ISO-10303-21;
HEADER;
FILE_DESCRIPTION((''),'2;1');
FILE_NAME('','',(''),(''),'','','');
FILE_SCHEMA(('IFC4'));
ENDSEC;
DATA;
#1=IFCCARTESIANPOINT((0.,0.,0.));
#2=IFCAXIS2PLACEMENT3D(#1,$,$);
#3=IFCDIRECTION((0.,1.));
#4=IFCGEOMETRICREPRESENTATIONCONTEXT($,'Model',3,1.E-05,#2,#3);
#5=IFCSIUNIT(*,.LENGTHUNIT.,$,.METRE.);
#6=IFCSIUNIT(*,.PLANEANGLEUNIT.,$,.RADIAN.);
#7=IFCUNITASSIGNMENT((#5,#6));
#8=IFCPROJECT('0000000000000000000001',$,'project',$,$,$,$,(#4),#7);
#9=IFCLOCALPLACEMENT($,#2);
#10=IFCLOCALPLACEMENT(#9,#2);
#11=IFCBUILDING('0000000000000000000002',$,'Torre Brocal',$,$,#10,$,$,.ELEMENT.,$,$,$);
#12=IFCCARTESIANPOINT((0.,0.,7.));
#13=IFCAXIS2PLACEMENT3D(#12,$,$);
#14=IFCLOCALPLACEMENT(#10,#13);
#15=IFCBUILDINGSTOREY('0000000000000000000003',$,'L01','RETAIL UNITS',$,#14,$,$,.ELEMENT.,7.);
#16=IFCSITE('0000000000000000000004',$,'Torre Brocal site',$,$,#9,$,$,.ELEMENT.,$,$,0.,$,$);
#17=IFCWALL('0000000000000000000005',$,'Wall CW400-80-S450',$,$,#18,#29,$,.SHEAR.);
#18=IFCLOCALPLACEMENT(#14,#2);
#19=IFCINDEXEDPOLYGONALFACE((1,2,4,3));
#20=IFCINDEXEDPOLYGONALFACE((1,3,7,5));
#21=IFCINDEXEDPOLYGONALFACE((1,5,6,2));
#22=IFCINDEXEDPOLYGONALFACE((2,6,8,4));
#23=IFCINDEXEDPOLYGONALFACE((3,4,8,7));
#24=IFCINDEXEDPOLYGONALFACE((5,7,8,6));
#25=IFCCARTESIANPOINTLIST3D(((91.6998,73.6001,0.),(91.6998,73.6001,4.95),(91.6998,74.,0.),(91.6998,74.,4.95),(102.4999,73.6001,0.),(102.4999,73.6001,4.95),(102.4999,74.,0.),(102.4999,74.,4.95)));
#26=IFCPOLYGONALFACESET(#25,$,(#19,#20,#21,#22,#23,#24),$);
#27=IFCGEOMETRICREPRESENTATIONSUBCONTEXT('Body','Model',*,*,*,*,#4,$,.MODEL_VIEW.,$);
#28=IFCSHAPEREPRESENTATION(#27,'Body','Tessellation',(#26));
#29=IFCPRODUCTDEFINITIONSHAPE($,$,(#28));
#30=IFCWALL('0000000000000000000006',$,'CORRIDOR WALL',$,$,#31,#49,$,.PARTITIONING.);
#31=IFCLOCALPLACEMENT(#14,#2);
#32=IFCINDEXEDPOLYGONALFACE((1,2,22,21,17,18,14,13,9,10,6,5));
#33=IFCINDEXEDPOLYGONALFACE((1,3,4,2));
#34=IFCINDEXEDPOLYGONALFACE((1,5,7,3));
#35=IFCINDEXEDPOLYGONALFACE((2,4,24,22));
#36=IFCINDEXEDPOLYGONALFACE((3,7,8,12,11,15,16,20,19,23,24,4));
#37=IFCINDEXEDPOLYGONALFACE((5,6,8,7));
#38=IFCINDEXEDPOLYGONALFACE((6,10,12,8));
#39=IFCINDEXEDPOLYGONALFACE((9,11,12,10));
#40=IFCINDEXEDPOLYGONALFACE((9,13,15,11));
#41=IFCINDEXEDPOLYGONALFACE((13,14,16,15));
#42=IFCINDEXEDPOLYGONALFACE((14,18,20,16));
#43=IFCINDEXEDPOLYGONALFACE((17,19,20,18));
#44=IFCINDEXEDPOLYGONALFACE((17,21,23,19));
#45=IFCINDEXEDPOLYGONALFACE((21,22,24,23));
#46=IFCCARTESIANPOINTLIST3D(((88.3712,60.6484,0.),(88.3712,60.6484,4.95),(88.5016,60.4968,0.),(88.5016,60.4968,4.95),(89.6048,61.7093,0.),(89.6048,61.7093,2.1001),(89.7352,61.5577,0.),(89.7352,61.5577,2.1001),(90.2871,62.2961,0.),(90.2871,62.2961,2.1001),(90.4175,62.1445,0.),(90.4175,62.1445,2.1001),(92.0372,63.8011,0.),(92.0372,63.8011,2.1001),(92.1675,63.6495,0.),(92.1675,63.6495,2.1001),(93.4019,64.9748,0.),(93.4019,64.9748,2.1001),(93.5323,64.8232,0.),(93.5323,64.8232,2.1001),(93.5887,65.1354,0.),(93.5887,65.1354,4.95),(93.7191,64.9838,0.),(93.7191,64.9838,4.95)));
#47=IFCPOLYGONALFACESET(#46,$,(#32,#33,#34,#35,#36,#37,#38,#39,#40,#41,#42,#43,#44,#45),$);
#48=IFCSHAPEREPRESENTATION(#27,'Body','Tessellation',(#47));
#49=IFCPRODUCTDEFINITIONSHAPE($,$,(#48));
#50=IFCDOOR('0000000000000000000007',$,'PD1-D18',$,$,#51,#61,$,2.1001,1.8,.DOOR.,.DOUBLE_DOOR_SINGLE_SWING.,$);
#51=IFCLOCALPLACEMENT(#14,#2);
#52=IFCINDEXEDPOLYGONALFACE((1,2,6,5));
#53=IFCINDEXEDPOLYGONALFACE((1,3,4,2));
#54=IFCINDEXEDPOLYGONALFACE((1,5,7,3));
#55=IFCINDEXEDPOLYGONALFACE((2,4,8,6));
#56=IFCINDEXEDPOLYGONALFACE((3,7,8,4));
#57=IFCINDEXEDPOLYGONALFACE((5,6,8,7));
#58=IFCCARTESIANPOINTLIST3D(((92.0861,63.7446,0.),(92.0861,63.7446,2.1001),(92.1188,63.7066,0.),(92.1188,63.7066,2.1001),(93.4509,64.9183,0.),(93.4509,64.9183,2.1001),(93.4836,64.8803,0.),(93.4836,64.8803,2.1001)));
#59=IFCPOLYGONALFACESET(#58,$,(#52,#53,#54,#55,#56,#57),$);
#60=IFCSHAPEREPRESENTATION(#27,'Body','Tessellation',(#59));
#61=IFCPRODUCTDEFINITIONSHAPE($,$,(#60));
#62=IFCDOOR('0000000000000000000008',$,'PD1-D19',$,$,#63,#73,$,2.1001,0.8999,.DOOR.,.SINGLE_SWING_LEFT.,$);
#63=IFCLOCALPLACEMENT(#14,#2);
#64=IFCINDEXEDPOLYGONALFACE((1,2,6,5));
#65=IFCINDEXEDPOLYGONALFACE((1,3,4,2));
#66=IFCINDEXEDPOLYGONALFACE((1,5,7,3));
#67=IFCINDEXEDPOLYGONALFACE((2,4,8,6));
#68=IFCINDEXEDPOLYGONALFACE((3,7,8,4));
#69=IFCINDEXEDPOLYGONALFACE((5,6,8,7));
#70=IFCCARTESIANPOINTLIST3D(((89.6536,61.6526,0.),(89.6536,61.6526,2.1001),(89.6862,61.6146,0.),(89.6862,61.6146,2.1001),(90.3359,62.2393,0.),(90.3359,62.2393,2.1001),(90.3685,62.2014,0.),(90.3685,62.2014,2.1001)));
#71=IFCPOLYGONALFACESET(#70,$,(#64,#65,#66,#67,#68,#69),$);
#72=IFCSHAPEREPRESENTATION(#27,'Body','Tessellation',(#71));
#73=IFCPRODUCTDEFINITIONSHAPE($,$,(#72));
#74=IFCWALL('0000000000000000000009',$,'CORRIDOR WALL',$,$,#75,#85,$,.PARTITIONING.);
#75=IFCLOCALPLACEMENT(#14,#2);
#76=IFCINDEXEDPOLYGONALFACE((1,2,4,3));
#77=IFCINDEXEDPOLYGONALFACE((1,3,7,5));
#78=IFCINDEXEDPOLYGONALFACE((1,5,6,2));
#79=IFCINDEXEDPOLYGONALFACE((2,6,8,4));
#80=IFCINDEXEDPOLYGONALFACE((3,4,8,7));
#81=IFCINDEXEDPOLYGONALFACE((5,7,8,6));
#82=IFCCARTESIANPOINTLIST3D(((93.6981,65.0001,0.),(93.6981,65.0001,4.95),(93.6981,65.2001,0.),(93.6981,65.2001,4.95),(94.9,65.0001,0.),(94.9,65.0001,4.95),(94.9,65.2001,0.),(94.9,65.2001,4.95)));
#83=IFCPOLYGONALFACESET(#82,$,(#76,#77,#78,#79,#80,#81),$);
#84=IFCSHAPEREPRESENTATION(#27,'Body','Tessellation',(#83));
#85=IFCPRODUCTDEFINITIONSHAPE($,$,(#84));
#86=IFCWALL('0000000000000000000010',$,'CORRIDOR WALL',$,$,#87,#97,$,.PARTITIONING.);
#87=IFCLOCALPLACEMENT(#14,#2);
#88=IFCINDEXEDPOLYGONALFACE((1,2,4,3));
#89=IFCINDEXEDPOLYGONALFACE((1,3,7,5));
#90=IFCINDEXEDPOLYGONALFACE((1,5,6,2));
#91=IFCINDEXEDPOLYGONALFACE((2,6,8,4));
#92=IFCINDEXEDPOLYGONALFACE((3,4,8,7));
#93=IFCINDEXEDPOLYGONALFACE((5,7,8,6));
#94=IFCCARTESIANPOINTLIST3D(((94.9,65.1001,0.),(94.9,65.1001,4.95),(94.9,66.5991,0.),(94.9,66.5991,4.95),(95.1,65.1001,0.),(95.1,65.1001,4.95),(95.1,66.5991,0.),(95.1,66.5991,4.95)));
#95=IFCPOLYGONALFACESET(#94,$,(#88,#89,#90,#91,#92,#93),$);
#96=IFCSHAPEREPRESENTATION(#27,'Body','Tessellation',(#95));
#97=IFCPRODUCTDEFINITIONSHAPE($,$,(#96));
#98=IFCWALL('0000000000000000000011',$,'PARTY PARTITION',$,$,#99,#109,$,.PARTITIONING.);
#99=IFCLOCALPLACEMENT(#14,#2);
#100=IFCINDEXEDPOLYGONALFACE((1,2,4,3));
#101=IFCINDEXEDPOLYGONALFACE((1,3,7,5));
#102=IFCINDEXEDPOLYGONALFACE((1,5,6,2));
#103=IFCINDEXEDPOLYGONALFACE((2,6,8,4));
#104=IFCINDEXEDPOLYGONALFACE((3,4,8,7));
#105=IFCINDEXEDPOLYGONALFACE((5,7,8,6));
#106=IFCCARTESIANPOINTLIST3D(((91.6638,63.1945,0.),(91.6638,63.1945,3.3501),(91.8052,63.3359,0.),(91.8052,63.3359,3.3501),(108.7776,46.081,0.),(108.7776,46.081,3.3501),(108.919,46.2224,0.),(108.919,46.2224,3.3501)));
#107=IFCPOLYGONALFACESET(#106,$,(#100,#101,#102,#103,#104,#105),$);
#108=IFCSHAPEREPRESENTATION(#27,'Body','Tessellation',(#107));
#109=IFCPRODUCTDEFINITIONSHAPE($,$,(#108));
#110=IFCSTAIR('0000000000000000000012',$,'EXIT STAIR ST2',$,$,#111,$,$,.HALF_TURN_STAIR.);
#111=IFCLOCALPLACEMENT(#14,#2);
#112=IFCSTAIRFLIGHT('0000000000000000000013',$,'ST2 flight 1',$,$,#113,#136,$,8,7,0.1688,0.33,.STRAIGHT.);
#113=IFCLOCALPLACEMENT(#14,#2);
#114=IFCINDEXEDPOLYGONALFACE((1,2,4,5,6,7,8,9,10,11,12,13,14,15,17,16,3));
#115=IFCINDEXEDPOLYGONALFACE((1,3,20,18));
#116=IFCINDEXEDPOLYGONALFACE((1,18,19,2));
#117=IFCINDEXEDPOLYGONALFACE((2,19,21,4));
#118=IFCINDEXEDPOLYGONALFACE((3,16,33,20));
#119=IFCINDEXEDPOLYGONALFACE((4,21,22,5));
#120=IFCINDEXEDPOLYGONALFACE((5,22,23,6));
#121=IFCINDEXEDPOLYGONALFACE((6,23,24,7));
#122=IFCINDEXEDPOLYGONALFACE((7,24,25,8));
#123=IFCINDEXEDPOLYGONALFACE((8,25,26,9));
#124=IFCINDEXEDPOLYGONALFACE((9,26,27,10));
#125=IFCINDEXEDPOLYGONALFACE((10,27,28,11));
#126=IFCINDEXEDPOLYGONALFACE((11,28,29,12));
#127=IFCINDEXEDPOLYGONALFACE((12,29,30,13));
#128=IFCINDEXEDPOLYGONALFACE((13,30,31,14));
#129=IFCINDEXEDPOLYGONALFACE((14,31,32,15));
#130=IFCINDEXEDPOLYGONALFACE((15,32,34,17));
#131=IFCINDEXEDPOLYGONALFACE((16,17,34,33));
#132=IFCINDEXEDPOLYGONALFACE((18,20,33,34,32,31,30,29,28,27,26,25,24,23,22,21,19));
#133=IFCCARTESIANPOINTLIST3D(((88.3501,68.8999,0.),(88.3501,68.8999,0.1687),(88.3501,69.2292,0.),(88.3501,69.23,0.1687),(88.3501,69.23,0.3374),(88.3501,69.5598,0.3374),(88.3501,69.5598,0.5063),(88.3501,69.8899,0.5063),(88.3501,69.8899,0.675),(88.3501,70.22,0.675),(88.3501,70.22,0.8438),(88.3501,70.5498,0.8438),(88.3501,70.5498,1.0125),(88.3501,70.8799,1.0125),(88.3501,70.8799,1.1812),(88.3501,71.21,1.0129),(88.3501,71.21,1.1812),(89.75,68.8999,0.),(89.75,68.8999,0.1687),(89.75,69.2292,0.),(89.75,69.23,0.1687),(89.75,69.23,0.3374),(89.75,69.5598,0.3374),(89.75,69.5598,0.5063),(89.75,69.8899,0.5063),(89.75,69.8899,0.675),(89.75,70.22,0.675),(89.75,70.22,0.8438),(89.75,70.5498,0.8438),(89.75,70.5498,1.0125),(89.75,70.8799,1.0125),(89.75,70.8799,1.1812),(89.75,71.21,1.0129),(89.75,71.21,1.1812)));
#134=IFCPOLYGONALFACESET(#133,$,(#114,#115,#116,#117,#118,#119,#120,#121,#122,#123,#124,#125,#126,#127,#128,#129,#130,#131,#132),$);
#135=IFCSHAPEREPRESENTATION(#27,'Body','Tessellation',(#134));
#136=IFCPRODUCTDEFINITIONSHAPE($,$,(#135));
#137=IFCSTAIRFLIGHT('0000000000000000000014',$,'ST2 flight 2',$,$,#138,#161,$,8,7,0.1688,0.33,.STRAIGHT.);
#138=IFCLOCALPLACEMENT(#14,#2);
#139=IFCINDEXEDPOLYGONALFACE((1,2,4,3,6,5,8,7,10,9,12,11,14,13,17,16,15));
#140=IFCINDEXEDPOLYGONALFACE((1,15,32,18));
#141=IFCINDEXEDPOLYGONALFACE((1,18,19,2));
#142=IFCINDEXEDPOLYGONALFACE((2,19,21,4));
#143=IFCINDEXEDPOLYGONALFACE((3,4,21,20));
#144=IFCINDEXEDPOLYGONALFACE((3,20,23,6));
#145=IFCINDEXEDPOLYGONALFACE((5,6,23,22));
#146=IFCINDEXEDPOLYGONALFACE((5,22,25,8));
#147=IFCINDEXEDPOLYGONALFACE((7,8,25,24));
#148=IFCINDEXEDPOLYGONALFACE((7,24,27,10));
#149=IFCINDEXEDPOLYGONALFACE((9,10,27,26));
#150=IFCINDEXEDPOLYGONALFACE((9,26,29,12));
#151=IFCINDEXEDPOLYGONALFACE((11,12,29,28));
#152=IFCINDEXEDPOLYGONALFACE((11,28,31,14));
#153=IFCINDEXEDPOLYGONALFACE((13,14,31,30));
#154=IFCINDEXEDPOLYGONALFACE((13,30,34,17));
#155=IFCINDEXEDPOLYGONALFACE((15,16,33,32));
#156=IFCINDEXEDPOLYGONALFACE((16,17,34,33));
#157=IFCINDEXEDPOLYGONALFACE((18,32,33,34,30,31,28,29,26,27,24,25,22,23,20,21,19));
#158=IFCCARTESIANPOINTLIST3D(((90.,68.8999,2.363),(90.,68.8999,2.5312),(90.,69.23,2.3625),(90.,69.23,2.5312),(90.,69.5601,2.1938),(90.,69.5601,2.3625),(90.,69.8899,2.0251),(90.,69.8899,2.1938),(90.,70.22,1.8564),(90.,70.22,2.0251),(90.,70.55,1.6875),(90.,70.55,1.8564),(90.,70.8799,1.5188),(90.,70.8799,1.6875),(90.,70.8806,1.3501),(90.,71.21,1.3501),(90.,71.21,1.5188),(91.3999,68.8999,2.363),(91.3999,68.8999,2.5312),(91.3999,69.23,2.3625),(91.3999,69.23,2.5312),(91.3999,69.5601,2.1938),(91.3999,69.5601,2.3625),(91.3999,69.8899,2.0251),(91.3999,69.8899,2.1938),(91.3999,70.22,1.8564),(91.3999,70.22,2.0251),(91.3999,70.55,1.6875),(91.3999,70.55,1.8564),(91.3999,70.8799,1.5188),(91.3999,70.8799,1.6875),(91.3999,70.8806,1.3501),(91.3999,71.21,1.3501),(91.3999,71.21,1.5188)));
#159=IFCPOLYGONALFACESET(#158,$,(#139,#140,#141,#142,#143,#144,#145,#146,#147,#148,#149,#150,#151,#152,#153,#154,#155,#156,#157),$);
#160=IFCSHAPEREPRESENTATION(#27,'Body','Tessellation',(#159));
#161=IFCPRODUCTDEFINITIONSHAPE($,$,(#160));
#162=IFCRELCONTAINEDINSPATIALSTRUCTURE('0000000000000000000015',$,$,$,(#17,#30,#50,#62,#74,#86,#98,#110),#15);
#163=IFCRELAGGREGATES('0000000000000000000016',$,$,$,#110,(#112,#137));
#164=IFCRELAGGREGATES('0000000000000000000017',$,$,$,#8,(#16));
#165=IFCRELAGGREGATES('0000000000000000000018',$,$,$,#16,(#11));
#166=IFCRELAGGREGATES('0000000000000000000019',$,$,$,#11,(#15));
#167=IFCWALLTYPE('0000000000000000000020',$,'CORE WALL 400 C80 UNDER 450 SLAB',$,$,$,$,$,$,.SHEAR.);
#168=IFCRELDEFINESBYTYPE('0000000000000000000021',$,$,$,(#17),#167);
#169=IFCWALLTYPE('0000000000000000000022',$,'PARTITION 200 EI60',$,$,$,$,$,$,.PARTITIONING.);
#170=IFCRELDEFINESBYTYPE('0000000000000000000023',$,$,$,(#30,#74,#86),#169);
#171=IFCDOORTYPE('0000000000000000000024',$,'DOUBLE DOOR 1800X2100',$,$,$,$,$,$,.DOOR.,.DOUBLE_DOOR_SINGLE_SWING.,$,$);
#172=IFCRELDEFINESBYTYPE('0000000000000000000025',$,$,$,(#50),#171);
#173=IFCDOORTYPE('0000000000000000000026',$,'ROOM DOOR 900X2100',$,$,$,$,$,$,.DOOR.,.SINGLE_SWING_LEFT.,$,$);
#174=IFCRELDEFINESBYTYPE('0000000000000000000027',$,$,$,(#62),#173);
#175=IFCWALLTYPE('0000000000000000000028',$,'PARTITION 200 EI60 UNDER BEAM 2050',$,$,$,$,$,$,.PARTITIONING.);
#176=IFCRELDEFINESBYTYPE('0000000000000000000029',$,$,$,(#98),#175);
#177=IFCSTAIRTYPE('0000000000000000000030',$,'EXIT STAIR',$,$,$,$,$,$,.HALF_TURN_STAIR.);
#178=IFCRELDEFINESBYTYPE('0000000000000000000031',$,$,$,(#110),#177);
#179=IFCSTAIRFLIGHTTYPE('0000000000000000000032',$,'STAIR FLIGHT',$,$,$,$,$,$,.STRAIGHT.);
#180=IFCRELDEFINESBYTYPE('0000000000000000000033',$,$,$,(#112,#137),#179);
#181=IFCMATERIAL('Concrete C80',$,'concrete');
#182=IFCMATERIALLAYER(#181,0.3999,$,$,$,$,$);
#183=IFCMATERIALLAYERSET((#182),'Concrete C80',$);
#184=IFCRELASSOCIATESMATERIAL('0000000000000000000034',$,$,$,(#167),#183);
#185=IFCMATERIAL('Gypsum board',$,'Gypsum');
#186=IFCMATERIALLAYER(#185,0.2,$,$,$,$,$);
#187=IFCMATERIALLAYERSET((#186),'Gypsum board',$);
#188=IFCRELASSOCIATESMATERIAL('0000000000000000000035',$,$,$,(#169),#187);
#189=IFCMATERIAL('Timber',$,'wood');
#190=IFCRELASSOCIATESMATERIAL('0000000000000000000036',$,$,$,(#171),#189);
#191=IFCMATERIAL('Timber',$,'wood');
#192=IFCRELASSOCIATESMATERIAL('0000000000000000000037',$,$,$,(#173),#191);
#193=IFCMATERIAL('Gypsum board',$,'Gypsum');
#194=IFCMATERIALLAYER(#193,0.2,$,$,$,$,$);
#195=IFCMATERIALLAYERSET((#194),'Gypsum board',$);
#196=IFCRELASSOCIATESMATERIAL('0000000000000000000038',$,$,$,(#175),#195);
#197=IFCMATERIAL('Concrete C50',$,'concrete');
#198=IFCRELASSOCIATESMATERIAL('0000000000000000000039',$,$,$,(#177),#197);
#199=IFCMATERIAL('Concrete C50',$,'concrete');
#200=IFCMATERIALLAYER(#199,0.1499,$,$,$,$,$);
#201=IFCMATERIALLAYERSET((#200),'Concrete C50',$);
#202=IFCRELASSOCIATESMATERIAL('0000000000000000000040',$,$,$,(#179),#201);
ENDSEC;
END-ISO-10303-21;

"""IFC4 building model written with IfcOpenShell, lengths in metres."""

from ifc_helpers import new_model, si_unit, direction, frame, frame_2d, origin, place, context, subcontext, project, spatial, polyline, rectangle, outline, extrude, material, layer, layer_set, type_object, element, fill, aggregate, save


model = new_model("IFC4")

# Units and contexts
model_context = context("Model", 3, precision=1e-05, world=origin(), true_north=direction((0.0, 1.0)))
body_context = subcontext(model_context, "Body", "Model", "MODEL_VIEW")
ifc_project = project(units=[si_unit("LENGTHUNIT", "METRE"), si_unit("PLANEANGLEUNIT", "RADIAN")], contexts=[model_context])

# Site, building, storey
site_placement = place(None, origin())
site = spatial("IfcSite", under=ifc_project, at=site_placement, Name="Torre Brocal site", CompositionType="ELEMENT", RefElevation=0.0)
building_placement = place(site_placement, origin())
building = spatial("IfcBuilding", under=site, at=building_placement, Name="Torre Brocal", CompositionType="ELEMENT")
storey_placement = place(building_placement, frame((0.0, 0.0, 7.0)))
storey = spatial("IfcBuildingStorey", under=building, at=storey_placement, Name="L01", Description="RETAIL UNITS", CompositionType="ELEMENT", Elevation=7.0)

# Wall
ifc_material_1 = material(Name="Concrete C80", Category="concrete")
ifc_layer_1 = layer(ifc_material_1, 0.3999)
ifc_layer_set_1 = layer_set([ifc_layer_1], Name="Concrete C80")
wall_type_1 = type_object("IfcWallType", Name="CORE WALL 400 C80 UNDER 450 SLAB", PredefinedType="SHEAR", material=ifc_layer_set_1)
wall_1_placement = place(storey_placement, frame((91.7, 73.8, 0.0), z_axis=(0.0, 0.0, 1.0), x_axis=(1.0, 0.0, 0.0)))
element("IfcWall", 1, at=wall_1_placement, inside=storey, type_object=wall_type_1, Name="Wall CW400-80-S450", PredefinedType="SHEAR", context=body_context, shape_type="SweptSolid", body=[
    extrude(rectangle(XDim=10.8, YDim=0.3999, at=frame_2d((5.3999, 0.0))), origin(), (0.0, 0.0, 1.0), 4.95),
])

# Wall, openings, doors
ifc_material_2 = material(Name="Gypsum board", Category="Gypsum")
ifc_layer_2 = layer(ifc_material_2, 0.2)
ifc_layer_set_2 = layer_set([ifc_layer_2], Name="Gypsum board")
wall_type_2 = type_object("IfcWallType", Name="PARTITION 200 EI60", PredefinedType="PARTITIONING", material=ifc_layer_set_2)
wall_2_placement = place(storey_placement, frame((88.4363, 60.5725, 0.0), z_axis=(0.0, 0.0, 1.0), x_axis=(0.758186, 0.652038, 0.0)))
wall_2 = element("IfcWall", 2, at=wall_2_placement, inside=storey, type_object=wall_type_2, Name="CORRIDOR WALL", PredefinedType="PARTITIONING", context=body_context, shape_type="SweptSolid", body=[
    extrude(rectangle(XDim=6.8816, YDim=0.2, at=frame_2d((3.4409, 0.0))), origin(), (0.0, 0.0, 1.0), 4.95),
])
opening_1_placement = place(wall_2_placement, frame((4.8354, 0.0, 0.0)))
opening_1 = element("IfcOpeningElement", 3, at=opening_1_placement, cuts=wall_2, PredefinedType="OPENING", context=body_context, shape_type="SweptSolid", body=[
    extrude(rectangle(XDim=1.8, YDim=2.1001, at=frame_2d((0.8999, 1.05))), frame((0.0, 0.1099, 0.0), z_axis=(0.0, -1.0, 0.0), x_axis=(1.0, 0.0, 0.0)), (0.0, 0.0, 1.0), 0.22),
])
opening_2_placement = place(wall_2_placement, frame((1.6272, 0.0, 0.0)))
opening_2 = element("IfcOpeningElement", 4, at=opening_2_placement, cuts=wall_2, PredefinedType="OPENING", context=body_context, shape_type="SweptSolid", body=[
    extrude(rectangle(XDim=0.8999, YDim=2.1001, at=frame_2d((0.45, 1.05))), frame((0.0, 0.1099, 0.0), z_axis=(0.0, -1.0, 0.0), x_axis=(1.0, 0.0, 0.0)), (0.0, 0.0, 1.0), 0.22),
])
ifc_material_3 = material(Name="Timber", Category="wood")
door_type_1 = type_object("IfcDoorType", Name="DOUBLE DOOR 1800X2100", OperationType="DOUBLE_DOOR_SINGLE_SWING", PredefinedType="DOOR", material=ifc_material_3)
door_1_placement = place(opening_1_placement, frame((1.8, 0.0, 0.0), z_axis=(0.0, 0.0, 1.0), x_axis=(-1.0, 0.0, 0.0)))
door_1 = element("IfcDoor", 5, at=door_1_placement, inside=storey, type_object=door_type_1, Name="PD1-D18", OperationType="DOUBLE_DOOR_SINGLE_SWING", OverallHeight=2.1001, OverallWidth=1.8, PredefinedType="DOOR", context=body_context, shape_type="SweptSolid", body=[
    extrude(rectangle(XDim=1.8, YDim=2.1001, at=frame_2d((0.8999, 1.05))), frame((0.0, 0.0249, 0.0), z_axis=(0.0, -1.0, 0.0), x_axis=(1.0, 0.0, 0.0)), (0.0, 0.0, 1.0), 0.05),
])
fill(opening_1, door_1)
ifc_material_4 = material(Name="Timber", Category="wood")
door_type_2 = type_object("IfcDoorType", Name="ROOM DOOR 900X2100", OperationType="SINGLE_SWING_LEFT", PredefinedType="DOOR", material=ifc_material_4)
door_2_placement = place(opening_2_placement, frame((0.8999, 0.0, 0.0), z_axis=(0.0, 0.0, 1.0), x_axis=(-1.0, 0.0, 0.0)))
door_2 = element("IfcDoor", 6, at=door_2_placement, inside=storey, type_object=door_type_2, Name="PD1-D19", OperationType="SINGLE_SWING_LEFT", OverallHeight=2.1001, OverallWidth=0.8999, PredefinedType="DOOR", context=body_context, shape_type="SweptSolid", body=[
    extrude(rectangle(XDim=0.8999, YDim=2.1001, at=frame_2d((0.45, 1.05))), frame((0.0, 0.0249, 0.0), z_axis=(0.0, -1.0, 0.0), x_axis=(1.0, 0.0, 0.0)), (0.0, 0.0, 1.0), 0.05),
])
fill(opening_2, door_2)

# Walls
wall_3_placement = place(storey_placement, frame((93.698, 65.1001, 0.0), z_axis=(0.0, 0.0, 1.0), x_axis=(1.0, 0.0, 0.0)))
element("IfcWall", 7, at=wall_3_placement, inside=storey, type_object=wall_type_2, Name="CORRIDOR WALL", PredefinedType="PARTITIONING", context=body_context, shape_type="SweptSolid", body=[
    extrude(rectangle(XDim=1.2019, YDim=0.2, at=frame_2d((0.6011, 0.0))), origin(), (0.0, 0.0, 1.0), 4.95),
])
wall_4_placement = place(storey_placement, frame((95.0, 65.1001, 0.0), z_axis=(0.0, 0.0, 1.0), x_axis=(0.0, 1.0, 0.0)))
element("IfcWall", 8, at=wall_4_placement, inside=storey, type_object=wall_type_2, Name="CORRIDOR WALL", PredefinedType="PARTITIONING", context=body_context, shape_type="SweptSolid", body=[
    extrude(rectangle(XDim=1.499, YDim=0.2, at=frame_2d((0.7495, 0.0))), origin(), (0.0, 0.0, 1.0), 4.95),
])
ifc_material_5 = material(Name="Gypsum board", Category="Gypsum")
ifc_layer_3 = layer(ifc_material_5, 0.2)
ifc_layer_set_3 = layer_set([ifc_layer_3], Name="Gypsum board")
wall_type_3 = type_object("IfcWallType", Name="PARTITION 200 EI60 UNDER BEAM 2050", PredefinedType="PARTITIONING", material=ifc_layer_set_3)
wall_5_placement = place(storey_placement, frame((91.7346, 63.2651, 0.0), z_axis=(0.0, 0.0, 1.0), x_axis=(0.707112, -0.707102, 0.0)))
element("IfcWall", 9, at=wall_5_placement, inside=storey, type_object=wall_type_3, Name="PARTY PARTITION", PredefinedType="PARTITIONING", context=body_context, shape_type="SweptSolid", body=[
    extrude(rectangle(XDim=24.2024, YDim=0.2, at=frame_2d((12.1011, 0.0))), origin(), (0.0, 0.0, 1.0), 3.3501),
])

# Stair, stair flights
ifc_material_6 = material(Name="Concrete C50", Category="concrete")
stair_type = type_object("IfcStairType", Name="EXIT STAIR", PredefinedType="HALF_TURN_STAIR", material=ifc_material_6)
stair_placement = place(storey_placement, origin())
stair = element("IfcStair", 10, at=stair_placement, inside=storey, type_object=stair_type, Name="EXIT STAIR ST2", PredefinedType="HALF_TURN_STAIR")
ifc_material_7 = material(Name="Concrete C50", Category="concrete")
ifc_layer_4 = layer(ifc_material_7, 0.1499)
ifc_layer_set_4 = layer_set([ifc_layer_4], Name="Concrete C50")
stair_flight_type = type_object("IfcStairFlightType", Name="STAIR FLIGHT", PredefinedType="STRAIGHT", material=ifc_layer_set_4)
stair_flight_1_placement = place(storey_placement, frame((89.05, 68.8999, 0.0), z_axis=(0.0, 0.0, 1.0), x_axis=(0.0, 1.0, 0.0)))
stair_flight_1 = element("IfcStairFlight", 11, at=stair_flight_1_placement, type_object=stair_flight_type, Name="ST2 flight 1", NumberOfRisers=8, NumberOfTreads=7, PredefinedType="STRAIGHT", RiserHeight=0.1688, TreadLength=0.33, context=body_context, shape_type="SweptSolid", body=[
    extrude(outline(polyline([(0.0, 0.0), (0.0, 0.1687), (0.3301, 0.1687), (0.3301, 0.3374), (0.6599, 0.3374), (0.6599, 0.5063), (0.99, 0.5063), (0.99, 0.675), (1.3201, 0.675), (1.3201, 0.8438), (1.6499, 0.8438), (1.6499, 1.0125), (1.98, 1.0125), (1.98, 1.1812), (2.3101, 1.1812), (2.3101, 1.3501), (2.3101, 1.0129), (0.3293, 0.0), (0.0, 0.0)])), frame((0.0, 0.7, 0.0), z_axis=(0.0, -1.0, 0.0), x_axis=(1.0, 0.0, 0.0)), (0.0, 0.0, 1.0), 1.3999),
])
stair_flight_2_placement = place(storey_placement, frame((90.7, 71.21, 1.3501), z_axis=(0.0, 0.0, 1.0), x_axis=(0.0, -1.0, 0.0)))
stair_flight_2 = element("IfcStairFlight", 12, at=stair_flight_2_placement, type_object=stair_flight_type, Name="ST2 flight 2", NumberOfRisers=8, NumberOfTreads=7, PredefinedType="STRAIGHT", RiserHeight=0.1688, TreadLength=0.33, context=body_context, shape_type="SweptSolid", body=[
    extrude(outline(polyline([(0.0, 0.0), (0.0, 0.1687), (0.3301, 0.1687), (0.3301, 0.3374), (0.6599, 0.3374), (0.6599, 0.5063), (0.99, 0.5063), (0.99, 0.675), (1.3201, 0.675), (1.3201, 0.8438), (1.6499, 0.8438), (1.6499, 1.0125), (1.98, 1.0125), (1.98, 1.1812), (2.3101, 1.1812), (2.3101, 1.3501), (2.3101, 1.0129), (0.3293, 0.0), (0.0, 0.0)])), frame((0.0, 0.7, 0.0), z_axis=(0.0, -1.0, 0.0), x_axis=(1.0, 0.0, 0.0)), (0.0, 0.0, 1.0), 1.3999),
])
aggregate(stair, [stair_flight_1, stair_flight_2])

save(model, "model.ifc")
